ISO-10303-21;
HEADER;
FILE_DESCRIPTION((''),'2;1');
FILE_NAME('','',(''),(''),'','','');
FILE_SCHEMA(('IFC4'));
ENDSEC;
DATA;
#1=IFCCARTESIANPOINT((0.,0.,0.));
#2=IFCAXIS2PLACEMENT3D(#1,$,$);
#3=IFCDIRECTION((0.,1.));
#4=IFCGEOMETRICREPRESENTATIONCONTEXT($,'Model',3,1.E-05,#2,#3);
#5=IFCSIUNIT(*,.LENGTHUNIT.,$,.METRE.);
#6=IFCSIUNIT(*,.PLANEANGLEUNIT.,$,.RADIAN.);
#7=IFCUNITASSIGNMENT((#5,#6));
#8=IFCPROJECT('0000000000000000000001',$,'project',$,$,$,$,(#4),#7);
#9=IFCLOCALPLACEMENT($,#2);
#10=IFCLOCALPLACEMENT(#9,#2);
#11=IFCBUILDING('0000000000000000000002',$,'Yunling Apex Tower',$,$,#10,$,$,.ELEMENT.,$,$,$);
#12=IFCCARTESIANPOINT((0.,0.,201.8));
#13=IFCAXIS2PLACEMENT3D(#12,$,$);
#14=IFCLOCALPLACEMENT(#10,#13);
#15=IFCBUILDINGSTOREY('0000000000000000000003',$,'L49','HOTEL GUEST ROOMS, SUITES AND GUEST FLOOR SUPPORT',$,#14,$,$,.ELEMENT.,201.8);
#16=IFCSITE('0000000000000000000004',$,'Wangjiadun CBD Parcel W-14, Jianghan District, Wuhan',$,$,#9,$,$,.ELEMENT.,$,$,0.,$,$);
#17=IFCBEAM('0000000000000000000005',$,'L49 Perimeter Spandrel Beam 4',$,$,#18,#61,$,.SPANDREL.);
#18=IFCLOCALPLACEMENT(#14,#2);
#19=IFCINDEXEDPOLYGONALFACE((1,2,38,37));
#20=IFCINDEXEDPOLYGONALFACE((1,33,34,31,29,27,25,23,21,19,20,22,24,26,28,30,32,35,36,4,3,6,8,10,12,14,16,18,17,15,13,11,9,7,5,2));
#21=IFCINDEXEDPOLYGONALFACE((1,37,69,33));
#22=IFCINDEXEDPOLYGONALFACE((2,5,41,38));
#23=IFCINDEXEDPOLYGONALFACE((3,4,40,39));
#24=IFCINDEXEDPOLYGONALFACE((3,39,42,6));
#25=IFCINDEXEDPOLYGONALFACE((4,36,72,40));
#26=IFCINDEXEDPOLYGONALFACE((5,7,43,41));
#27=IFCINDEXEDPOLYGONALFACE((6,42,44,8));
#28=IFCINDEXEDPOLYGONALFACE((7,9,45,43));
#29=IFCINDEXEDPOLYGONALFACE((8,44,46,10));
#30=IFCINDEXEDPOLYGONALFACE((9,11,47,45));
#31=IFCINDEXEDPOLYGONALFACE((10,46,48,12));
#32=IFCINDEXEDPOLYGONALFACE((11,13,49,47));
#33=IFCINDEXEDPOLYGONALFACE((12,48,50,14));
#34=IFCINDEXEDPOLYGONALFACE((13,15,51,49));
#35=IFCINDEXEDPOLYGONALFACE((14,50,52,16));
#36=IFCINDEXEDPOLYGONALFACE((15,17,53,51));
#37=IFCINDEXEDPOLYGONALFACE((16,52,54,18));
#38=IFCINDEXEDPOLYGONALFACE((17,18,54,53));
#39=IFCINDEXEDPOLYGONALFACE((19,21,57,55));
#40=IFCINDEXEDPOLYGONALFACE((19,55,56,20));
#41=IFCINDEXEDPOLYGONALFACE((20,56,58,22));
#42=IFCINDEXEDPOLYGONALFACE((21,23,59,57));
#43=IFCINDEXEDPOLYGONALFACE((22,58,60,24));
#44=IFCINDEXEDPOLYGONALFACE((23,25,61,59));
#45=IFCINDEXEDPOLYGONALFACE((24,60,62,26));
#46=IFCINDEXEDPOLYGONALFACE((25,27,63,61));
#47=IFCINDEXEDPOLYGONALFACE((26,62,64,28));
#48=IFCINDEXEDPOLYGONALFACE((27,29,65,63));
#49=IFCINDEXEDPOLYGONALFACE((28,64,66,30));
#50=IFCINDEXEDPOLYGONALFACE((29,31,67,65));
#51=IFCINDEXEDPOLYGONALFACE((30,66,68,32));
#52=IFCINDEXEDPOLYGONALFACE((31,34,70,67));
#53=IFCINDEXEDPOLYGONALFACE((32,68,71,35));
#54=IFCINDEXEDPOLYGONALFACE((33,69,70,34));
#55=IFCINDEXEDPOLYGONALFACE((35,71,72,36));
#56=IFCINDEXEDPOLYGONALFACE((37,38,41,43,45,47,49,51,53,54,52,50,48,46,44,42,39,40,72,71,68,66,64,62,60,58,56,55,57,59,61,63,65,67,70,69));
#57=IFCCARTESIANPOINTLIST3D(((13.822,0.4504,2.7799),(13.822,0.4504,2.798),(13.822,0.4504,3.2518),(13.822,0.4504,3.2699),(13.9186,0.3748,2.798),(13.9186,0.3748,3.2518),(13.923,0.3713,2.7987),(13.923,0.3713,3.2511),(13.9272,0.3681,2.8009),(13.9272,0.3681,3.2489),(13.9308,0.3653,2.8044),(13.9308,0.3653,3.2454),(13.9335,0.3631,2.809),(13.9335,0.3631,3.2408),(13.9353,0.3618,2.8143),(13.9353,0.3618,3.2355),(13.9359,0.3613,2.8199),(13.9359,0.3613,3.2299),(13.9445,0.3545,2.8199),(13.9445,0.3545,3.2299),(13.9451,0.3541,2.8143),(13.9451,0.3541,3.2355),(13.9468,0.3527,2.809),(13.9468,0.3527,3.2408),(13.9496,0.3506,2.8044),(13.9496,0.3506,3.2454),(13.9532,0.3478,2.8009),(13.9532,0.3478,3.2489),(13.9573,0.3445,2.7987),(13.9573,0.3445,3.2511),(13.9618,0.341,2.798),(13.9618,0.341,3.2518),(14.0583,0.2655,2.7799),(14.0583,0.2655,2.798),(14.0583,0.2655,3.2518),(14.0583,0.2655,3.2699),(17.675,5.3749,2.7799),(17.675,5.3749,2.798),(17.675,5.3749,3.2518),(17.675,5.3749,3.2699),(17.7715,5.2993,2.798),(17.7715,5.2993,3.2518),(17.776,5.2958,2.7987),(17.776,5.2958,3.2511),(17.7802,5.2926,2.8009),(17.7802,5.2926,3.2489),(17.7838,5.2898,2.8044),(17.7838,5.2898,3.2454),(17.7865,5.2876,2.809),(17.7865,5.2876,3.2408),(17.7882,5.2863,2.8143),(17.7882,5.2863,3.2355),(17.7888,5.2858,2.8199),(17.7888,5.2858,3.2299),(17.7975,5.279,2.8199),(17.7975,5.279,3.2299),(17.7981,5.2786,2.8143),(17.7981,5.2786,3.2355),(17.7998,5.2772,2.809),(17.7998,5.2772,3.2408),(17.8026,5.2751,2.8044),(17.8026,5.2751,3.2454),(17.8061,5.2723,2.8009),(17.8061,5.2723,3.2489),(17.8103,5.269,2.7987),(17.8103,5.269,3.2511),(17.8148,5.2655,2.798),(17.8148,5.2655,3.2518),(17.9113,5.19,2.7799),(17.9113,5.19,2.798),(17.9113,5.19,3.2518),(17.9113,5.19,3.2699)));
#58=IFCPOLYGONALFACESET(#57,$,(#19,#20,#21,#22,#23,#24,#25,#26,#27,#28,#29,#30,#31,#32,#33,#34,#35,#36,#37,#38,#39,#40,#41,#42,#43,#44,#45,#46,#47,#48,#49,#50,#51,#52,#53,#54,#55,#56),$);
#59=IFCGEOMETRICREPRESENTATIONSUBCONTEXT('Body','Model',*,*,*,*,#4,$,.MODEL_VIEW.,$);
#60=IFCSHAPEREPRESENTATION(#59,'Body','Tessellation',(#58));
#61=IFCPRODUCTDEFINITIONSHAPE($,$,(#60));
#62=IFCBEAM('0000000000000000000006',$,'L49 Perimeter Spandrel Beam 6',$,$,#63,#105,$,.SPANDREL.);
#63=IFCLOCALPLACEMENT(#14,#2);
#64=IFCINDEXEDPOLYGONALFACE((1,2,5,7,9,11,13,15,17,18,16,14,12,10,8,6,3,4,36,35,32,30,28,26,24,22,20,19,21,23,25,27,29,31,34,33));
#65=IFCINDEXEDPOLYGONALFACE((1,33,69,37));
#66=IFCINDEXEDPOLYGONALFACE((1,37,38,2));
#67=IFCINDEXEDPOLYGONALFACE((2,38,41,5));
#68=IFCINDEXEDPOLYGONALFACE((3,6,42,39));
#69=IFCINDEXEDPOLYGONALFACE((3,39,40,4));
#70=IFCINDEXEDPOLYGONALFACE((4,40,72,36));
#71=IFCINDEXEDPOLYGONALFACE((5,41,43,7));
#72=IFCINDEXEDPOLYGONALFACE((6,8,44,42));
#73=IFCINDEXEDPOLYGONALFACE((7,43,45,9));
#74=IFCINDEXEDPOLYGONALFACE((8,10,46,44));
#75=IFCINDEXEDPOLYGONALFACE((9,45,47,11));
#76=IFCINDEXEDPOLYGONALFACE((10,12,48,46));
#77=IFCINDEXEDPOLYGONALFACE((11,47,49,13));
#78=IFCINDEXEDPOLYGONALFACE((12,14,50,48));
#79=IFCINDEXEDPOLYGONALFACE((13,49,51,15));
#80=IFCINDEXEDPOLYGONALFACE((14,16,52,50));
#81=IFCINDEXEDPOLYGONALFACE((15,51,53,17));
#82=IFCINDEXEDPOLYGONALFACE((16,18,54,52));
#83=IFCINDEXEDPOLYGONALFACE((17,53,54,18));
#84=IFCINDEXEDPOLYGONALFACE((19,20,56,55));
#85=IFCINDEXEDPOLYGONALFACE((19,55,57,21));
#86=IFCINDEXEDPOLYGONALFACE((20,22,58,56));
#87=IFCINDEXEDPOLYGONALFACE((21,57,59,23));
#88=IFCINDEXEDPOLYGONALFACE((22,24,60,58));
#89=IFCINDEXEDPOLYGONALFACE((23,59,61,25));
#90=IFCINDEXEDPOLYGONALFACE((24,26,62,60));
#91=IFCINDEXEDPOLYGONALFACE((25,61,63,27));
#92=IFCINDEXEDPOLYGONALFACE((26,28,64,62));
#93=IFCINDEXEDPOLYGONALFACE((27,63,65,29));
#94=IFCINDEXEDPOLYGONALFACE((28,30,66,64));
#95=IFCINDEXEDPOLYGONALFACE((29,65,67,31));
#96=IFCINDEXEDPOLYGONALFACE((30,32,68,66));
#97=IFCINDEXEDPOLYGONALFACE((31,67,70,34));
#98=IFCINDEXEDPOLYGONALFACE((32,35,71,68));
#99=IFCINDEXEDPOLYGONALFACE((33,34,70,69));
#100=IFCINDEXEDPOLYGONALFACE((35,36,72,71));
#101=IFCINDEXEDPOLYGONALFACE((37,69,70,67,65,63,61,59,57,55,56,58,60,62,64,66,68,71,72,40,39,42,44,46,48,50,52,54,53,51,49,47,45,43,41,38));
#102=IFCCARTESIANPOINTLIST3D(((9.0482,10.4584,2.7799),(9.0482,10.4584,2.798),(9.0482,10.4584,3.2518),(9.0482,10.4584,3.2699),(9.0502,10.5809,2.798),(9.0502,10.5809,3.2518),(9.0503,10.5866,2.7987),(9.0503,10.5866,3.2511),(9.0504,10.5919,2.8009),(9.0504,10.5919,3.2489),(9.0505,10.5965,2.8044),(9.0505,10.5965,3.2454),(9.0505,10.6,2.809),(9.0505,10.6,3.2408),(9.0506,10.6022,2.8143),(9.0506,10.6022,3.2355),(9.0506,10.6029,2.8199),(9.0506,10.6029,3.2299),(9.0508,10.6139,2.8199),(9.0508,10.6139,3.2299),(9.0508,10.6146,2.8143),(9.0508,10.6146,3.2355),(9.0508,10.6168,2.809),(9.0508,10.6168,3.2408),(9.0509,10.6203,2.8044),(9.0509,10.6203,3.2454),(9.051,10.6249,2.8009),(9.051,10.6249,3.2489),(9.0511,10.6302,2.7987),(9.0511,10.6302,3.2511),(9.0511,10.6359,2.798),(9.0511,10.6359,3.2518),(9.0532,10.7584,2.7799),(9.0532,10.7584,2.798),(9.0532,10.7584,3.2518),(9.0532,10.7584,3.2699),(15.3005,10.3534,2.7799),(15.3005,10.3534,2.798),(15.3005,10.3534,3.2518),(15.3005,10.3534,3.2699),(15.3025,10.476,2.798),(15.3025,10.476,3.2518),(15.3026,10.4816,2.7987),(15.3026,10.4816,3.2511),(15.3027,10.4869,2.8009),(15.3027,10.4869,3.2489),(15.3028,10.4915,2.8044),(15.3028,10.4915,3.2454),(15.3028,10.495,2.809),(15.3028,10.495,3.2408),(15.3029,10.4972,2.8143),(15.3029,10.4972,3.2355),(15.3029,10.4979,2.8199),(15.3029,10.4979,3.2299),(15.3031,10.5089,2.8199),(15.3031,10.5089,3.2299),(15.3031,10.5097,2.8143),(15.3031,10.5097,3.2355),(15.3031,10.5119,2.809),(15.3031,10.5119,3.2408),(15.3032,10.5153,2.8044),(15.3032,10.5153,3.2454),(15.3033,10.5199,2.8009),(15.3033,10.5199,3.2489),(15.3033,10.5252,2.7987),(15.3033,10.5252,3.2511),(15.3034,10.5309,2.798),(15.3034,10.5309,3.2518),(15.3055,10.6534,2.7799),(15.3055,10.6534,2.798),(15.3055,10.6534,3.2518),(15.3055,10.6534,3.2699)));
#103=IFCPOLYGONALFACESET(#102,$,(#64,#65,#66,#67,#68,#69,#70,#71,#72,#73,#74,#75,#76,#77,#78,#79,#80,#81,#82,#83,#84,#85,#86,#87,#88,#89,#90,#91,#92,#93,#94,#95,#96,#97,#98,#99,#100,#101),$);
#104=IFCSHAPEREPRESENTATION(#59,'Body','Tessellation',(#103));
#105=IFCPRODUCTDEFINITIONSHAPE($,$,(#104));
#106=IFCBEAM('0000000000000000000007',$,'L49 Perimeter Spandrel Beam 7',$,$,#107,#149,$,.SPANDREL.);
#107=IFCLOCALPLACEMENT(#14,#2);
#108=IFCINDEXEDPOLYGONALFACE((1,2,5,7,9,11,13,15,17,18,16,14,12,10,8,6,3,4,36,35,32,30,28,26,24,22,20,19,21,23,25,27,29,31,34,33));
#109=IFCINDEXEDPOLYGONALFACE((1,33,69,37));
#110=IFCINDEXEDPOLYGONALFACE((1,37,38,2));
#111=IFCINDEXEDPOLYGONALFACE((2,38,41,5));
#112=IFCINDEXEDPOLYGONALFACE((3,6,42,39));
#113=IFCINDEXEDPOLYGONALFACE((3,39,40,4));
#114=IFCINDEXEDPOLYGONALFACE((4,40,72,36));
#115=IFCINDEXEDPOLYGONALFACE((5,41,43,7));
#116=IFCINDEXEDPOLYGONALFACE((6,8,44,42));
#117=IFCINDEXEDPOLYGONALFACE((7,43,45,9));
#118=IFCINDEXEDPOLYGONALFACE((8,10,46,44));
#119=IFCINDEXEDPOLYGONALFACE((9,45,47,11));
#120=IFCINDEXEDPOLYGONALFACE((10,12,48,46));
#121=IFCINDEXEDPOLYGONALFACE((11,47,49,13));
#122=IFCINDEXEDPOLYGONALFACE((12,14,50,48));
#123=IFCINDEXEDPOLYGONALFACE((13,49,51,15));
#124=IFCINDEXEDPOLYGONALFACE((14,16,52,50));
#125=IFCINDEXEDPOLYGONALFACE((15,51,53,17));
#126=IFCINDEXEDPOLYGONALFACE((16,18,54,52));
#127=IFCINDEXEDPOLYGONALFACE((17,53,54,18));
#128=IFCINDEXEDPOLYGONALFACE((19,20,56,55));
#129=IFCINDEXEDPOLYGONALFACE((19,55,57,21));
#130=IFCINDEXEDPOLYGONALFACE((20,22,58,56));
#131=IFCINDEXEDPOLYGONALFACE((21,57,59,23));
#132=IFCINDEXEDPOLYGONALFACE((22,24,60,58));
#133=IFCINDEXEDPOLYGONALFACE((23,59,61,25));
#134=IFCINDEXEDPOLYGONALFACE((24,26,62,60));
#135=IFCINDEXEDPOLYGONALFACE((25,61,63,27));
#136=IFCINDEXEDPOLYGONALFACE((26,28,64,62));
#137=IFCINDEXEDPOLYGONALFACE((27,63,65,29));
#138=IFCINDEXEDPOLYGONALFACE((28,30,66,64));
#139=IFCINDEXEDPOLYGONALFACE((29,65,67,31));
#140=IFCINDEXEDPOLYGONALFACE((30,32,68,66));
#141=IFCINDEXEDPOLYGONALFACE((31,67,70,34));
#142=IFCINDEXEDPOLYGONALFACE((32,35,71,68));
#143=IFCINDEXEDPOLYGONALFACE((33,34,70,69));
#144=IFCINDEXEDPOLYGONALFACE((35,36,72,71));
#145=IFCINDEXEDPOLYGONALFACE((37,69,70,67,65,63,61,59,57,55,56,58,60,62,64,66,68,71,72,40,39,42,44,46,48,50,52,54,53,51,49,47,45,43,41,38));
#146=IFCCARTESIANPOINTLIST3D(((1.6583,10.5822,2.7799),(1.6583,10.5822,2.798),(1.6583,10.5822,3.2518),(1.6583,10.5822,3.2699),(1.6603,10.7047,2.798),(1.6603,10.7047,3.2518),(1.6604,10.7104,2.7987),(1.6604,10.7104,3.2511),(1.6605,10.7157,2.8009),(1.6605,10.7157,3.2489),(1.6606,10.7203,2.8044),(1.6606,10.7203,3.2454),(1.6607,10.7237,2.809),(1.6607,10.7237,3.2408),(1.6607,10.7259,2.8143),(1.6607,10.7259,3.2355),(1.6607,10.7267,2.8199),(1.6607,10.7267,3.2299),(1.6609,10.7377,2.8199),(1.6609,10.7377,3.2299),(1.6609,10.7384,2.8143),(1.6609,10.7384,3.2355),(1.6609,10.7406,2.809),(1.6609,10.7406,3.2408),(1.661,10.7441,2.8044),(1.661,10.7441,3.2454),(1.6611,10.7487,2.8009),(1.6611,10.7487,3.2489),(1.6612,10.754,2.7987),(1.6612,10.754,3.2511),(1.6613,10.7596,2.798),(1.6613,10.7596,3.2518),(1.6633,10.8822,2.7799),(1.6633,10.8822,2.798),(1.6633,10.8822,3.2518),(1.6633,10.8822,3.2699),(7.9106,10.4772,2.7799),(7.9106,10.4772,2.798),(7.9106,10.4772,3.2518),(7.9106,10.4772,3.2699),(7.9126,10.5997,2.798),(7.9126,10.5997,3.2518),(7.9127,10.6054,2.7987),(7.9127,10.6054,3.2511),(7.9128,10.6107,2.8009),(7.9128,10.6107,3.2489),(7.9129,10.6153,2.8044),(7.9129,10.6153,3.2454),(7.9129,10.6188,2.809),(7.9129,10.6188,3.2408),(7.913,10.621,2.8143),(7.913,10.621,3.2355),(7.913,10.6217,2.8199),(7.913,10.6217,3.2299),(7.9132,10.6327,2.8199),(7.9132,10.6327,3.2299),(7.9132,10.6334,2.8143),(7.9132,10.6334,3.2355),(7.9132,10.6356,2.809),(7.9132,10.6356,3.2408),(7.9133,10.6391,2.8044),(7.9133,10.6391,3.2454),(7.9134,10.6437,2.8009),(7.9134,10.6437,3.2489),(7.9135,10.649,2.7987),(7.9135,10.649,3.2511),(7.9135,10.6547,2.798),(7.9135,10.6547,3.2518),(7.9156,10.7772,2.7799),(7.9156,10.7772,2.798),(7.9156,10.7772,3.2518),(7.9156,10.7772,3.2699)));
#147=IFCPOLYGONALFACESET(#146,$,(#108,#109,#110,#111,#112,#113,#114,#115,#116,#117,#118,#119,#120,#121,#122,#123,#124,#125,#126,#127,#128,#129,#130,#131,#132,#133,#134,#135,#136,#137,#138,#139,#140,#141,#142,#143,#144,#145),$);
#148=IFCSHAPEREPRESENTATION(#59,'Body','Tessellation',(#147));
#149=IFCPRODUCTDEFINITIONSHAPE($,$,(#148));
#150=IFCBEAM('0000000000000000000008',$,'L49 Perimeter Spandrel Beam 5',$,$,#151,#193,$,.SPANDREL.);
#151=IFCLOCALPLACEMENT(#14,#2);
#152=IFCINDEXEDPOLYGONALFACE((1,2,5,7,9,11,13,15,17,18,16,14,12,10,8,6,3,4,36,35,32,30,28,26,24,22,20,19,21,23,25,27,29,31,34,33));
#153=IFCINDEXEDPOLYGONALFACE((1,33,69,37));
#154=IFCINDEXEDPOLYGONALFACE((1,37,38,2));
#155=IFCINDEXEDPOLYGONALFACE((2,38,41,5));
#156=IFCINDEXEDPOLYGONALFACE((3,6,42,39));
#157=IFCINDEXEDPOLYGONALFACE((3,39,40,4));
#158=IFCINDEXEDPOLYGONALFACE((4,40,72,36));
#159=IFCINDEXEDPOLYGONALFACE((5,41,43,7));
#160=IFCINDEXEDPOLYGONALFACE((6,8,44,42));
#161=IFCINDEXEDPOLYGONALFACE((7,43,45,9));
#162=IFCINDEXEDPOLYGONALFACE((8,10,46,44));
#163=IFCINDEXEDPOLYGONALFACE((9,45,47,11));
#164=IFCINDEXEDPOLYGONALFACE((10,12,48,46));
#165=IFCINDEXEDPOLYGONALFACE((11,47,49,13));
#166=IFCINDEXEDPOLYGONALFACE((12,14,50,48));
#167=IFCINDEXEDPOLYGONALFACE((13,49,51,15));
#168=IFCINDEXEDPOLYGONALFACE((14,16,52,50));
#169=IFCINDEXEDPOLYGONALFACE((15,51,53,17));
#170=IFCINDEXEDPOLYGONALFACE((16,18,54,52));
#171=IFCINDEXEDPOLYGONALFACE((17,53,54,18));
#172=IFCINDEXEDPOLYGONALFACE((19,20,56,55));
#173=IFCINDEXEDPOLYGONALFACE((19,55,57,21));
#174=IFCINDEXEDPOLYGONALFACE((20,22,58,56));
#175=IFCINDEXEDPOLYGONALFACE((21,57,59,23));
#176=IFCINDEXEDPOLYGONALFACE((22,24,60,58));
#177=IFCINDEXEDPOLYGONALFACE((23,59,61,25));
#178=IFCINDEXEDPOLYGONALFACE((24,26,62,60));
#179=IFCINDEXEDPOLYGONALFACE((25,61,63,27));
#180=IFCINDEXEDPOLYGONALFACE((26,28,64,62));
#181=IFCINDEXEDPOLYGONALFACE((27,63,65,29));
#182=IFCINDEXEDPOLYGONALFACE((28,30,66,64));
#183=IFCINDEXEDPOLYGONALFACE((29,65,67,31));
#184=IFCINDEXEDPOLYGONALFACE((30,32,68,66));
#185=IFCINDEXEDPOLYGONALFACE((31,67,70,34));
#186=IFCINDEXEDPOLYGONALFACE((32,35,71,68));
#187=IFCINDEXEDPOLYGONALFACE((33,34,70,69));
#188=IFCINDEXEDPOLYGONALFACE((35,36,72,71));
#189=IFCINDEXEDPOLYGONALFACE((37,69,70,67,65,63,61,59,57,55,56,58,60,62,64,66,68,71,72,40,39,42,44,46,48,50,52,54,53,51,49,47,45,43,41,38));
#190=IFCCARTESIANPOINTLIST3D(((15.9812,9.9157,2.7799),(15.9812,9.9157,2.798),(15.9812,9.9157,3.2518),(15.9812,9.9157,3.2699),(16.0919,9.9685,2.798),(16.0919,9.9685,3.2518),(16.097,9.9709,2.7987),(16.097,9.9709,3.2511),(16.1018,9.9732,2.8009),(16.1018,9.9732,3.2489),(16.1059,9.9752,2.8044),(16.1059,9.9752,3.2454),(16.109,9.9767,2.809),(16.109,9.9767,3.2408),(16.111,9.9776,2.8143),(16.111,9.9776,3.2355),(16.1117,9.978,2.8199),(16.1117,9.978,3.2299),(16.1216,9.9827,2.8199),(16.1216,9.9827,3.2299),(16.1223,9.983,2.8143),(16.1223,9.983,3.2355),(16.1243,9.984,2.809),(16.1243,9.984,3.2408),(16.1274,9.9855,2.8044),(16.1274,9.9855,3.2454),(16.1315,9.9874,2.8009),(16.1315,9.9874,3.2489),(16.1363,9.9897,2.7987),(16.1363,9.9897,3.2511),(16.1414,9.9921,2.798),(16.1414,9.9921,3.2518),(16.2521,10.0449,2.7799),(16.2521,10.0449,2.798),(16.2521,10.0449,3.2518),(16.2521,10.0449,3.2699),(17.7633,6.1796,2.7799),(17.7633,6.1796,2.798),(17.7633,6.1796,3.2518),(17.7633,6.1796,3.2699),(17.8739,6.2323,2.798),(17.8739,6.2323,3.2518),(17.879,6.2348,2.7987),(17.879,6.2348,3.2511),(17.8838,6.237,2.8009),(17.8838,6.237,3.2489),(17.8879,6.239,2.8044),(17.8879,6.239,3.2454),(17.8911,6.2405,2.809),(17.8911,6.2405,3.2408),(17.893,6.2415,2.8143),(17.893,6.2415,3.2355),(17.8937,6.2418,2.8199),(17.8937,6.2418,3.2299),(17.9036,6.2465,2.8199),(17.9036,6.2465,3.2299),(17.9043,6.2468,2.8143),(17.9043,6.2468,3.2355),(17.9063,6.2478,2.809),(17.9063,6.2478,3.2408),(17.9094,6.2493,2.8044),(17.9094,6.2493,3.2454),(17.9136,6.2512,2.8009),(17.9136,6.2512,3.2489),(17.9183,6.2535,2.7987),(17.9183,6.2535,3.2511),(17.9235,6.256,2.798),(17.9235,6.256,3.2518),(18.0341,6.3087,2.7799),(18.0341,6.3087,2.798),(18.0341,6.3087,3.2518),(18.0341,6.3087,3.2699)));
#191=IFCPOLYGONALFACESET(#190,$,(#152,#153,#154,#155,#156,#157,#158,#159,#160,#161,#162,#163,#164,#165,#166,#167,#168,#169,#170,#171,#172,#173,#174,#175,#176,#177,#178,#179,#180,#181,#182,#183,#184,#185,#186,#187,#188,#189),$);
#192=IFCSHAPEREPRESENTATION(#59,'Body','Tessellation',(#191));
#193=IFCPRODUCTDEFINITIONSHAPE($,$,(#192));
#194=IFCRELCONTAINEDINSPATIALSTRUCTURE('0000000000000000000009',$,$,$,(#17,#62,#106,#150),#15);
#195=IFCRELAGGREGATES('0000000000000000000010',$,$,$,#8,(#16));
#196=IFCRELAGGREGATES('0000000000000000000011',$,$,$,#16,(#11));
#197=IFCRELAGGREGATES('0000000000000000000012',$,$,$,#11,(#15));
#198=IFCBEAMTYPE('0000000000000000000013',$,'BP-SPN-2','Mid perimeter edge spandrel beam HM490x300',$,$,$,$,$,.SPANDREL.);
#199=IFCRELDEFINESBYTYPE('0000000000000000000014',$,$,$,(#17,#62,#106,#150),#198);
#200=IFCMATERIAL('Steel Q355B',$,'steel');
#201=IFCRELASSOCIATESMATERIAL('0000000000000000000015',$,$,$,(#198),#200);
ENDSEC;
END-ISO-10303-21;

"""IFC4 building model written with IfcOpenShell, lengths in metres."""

from ifc_helpers import new_model, si_unit, direction, frame, origin, origin_2d, place, context, subcontext, project, spatial, i_section, extrude, source, transform, mapped, material, material_profile, profile_set, type_object, element, save


model = new_model("IFC4")

# Units and contexts
model_context = context("Model", 3, precision=1e-05, world=origin(), true_north=direction((0.0, 1.0)))
body_context = subcontext(model_context, "Body", "Model", "MODEL_VIEW")
ifc_project = project(units=[si_unit("LENGTHUNIT", "METRE"), si_unit("PLANEANGLEUNIT", "RADIAN")], contexts=[model_context])

# Site, building, storey
site_placement = place(None, origin())
site = spatial("IfcSite", under=ifc_project, at=site_placement, Name="Wangjiadun CBD Parcel W-14, Jianghan District, Wuhan", CompositionType="ELEMENT", RefElevation=0.0)
building_placement = place(site_placement, origin())
building = spatial("IfcBuilding", under=site, at=building_placement, Name="Yunling Apex Tower", CompositionType="ELEMENT")
storey_placement = place(building_placement, frame((0.0, 0.0, 201.8)))
storey = spatial("IfcBuildingStorey", under=building, at=storey_placement, Name="L49", Description="HOTEL GUEST ROOMS, SUITES AND GUEST FLOOR SUPPORT", CompositionType="ELEMENT", Elevation=201.8)

# Beams
ifc_material_1 = material(Name="Steel Q355B", Category="steel")
ifc_material_profile_1 = material_profile(ifc_material_1, i_section(OverallWidth=0.3, OverallDepth=0.49, WebThickness=0.011, FlangeThickness=0.0181, FilletRadius=0.022, at=origin_2d()))
ifc_profile_set_1 = profile_set([ifc_material_profile_1], Name="Steel Q355B")
beam_type_1 = type_object("IfcBeamType", Name="BP-SPN-2", Description="Mid perimeter edge spandrel beam HM490x300", PredefinedType="SPANDREL", material=ifc_profile_set_1)
shared_shape_1 = source(origin(), body_context, "Body", "SweptSolid", [
    extrude(i_section(OverallWidth=0.3, OverallDepth=0.49, WebThickness=0.011, FlangeThickness=0.0181, FilletRadius=0.022, at=origin_2d()), origin(), (0.0, 0.0, 1.0), 6.2527),
])
beam_1_placement = place(storey_placement, frame((13.9402, 0.3579, 3.0249), z_axis=(0.616211, 0.787581, 0.0), x_axis=(-0.787581, 0.616211, 0.0)))
element("IfcBeam", 1, at=beam_1_placement, inside=storey, type_object=beam_type_1, Name="L49 Perimeter Spandrel Beam 4", PredefinedType="SPANDREL", context=body_context, shape_type="MappedRepresentation", body=[
    mapped(shared_shape_1, transform((0.0, 0.0, 0.0), scale=1.0)),
])
shared_shape_2 = source(origin(), body_context, "Body", "SweptSolid", [
    extrude(i_section(OverallWidth=0.3, OverallDepth=0.49, WebThickness=0.011, FlangeThickness=0.0181, FilletRadius=0.022, at=origin_2d()), origin(), (0.0, 0.0, 1.0), 6.2532),
])
for number, where, z_axis, x_axis, name in (
    (2, (15.303, 10.5034, 3.0249), (-0.999859, 0.016789, 0.0), (-0.016789, -0.999859, 0.0), "L49 Perimeter Spandrel Beam 6"),
    (3, (7.9131, 10.6272, 3.0249), (-0.999859, 0.016789, 0.0), (-0.016789, -0.999859, 0.0), "L49 Perimeter Spandrel Beam 7"),
):
    element("IfcBeam", number, at=place(storey_placement, frame(where, z_axis=z_axis, x_axis=x_axis)), inside=storey, type_object=beam_type_1, Name=name, PredefinedType="SPANDREL", context=body_context, shape_type="MappedRepresentation", body=[
        mapped(shared_shape_2, transform((0.0, 0.0, 0.0), scale=1.0)),
    ])
shared_shape_3 = source(origin(), body_context, "Body", "SweptSolid", [
    extrude(i_section(OverallWidth=0.3, OverallDepth=0.49, WebThickness=0.011, FlangeThickness=0.0181, FilletRadius=0.022, at=origin_2d()), origin(), (0.0, 0.0, 1.0), 4.1394),
])
beam_2_placement = place(storey_placement, frame((17.8987, 6.2441, 3.0249), z_axis=(-0.430504, 0.902589, 0.0), x_axis=(-0.902589, -0.430504, 0.0)))
element("IfcBeam", 4, at=beam_2_placement, inside=storey, type_object=beam_type_1, Name="L49 Perimeter Spandrel Beam 5", PredefinedType="SPANDREL", context=body_context, shape_type="MappedRepresentation", body=[
    mapped(shared_shape_3, transform((0.0, 0.0, 0.0), scale=1.0)),
])

save(model, "model.ifc")
